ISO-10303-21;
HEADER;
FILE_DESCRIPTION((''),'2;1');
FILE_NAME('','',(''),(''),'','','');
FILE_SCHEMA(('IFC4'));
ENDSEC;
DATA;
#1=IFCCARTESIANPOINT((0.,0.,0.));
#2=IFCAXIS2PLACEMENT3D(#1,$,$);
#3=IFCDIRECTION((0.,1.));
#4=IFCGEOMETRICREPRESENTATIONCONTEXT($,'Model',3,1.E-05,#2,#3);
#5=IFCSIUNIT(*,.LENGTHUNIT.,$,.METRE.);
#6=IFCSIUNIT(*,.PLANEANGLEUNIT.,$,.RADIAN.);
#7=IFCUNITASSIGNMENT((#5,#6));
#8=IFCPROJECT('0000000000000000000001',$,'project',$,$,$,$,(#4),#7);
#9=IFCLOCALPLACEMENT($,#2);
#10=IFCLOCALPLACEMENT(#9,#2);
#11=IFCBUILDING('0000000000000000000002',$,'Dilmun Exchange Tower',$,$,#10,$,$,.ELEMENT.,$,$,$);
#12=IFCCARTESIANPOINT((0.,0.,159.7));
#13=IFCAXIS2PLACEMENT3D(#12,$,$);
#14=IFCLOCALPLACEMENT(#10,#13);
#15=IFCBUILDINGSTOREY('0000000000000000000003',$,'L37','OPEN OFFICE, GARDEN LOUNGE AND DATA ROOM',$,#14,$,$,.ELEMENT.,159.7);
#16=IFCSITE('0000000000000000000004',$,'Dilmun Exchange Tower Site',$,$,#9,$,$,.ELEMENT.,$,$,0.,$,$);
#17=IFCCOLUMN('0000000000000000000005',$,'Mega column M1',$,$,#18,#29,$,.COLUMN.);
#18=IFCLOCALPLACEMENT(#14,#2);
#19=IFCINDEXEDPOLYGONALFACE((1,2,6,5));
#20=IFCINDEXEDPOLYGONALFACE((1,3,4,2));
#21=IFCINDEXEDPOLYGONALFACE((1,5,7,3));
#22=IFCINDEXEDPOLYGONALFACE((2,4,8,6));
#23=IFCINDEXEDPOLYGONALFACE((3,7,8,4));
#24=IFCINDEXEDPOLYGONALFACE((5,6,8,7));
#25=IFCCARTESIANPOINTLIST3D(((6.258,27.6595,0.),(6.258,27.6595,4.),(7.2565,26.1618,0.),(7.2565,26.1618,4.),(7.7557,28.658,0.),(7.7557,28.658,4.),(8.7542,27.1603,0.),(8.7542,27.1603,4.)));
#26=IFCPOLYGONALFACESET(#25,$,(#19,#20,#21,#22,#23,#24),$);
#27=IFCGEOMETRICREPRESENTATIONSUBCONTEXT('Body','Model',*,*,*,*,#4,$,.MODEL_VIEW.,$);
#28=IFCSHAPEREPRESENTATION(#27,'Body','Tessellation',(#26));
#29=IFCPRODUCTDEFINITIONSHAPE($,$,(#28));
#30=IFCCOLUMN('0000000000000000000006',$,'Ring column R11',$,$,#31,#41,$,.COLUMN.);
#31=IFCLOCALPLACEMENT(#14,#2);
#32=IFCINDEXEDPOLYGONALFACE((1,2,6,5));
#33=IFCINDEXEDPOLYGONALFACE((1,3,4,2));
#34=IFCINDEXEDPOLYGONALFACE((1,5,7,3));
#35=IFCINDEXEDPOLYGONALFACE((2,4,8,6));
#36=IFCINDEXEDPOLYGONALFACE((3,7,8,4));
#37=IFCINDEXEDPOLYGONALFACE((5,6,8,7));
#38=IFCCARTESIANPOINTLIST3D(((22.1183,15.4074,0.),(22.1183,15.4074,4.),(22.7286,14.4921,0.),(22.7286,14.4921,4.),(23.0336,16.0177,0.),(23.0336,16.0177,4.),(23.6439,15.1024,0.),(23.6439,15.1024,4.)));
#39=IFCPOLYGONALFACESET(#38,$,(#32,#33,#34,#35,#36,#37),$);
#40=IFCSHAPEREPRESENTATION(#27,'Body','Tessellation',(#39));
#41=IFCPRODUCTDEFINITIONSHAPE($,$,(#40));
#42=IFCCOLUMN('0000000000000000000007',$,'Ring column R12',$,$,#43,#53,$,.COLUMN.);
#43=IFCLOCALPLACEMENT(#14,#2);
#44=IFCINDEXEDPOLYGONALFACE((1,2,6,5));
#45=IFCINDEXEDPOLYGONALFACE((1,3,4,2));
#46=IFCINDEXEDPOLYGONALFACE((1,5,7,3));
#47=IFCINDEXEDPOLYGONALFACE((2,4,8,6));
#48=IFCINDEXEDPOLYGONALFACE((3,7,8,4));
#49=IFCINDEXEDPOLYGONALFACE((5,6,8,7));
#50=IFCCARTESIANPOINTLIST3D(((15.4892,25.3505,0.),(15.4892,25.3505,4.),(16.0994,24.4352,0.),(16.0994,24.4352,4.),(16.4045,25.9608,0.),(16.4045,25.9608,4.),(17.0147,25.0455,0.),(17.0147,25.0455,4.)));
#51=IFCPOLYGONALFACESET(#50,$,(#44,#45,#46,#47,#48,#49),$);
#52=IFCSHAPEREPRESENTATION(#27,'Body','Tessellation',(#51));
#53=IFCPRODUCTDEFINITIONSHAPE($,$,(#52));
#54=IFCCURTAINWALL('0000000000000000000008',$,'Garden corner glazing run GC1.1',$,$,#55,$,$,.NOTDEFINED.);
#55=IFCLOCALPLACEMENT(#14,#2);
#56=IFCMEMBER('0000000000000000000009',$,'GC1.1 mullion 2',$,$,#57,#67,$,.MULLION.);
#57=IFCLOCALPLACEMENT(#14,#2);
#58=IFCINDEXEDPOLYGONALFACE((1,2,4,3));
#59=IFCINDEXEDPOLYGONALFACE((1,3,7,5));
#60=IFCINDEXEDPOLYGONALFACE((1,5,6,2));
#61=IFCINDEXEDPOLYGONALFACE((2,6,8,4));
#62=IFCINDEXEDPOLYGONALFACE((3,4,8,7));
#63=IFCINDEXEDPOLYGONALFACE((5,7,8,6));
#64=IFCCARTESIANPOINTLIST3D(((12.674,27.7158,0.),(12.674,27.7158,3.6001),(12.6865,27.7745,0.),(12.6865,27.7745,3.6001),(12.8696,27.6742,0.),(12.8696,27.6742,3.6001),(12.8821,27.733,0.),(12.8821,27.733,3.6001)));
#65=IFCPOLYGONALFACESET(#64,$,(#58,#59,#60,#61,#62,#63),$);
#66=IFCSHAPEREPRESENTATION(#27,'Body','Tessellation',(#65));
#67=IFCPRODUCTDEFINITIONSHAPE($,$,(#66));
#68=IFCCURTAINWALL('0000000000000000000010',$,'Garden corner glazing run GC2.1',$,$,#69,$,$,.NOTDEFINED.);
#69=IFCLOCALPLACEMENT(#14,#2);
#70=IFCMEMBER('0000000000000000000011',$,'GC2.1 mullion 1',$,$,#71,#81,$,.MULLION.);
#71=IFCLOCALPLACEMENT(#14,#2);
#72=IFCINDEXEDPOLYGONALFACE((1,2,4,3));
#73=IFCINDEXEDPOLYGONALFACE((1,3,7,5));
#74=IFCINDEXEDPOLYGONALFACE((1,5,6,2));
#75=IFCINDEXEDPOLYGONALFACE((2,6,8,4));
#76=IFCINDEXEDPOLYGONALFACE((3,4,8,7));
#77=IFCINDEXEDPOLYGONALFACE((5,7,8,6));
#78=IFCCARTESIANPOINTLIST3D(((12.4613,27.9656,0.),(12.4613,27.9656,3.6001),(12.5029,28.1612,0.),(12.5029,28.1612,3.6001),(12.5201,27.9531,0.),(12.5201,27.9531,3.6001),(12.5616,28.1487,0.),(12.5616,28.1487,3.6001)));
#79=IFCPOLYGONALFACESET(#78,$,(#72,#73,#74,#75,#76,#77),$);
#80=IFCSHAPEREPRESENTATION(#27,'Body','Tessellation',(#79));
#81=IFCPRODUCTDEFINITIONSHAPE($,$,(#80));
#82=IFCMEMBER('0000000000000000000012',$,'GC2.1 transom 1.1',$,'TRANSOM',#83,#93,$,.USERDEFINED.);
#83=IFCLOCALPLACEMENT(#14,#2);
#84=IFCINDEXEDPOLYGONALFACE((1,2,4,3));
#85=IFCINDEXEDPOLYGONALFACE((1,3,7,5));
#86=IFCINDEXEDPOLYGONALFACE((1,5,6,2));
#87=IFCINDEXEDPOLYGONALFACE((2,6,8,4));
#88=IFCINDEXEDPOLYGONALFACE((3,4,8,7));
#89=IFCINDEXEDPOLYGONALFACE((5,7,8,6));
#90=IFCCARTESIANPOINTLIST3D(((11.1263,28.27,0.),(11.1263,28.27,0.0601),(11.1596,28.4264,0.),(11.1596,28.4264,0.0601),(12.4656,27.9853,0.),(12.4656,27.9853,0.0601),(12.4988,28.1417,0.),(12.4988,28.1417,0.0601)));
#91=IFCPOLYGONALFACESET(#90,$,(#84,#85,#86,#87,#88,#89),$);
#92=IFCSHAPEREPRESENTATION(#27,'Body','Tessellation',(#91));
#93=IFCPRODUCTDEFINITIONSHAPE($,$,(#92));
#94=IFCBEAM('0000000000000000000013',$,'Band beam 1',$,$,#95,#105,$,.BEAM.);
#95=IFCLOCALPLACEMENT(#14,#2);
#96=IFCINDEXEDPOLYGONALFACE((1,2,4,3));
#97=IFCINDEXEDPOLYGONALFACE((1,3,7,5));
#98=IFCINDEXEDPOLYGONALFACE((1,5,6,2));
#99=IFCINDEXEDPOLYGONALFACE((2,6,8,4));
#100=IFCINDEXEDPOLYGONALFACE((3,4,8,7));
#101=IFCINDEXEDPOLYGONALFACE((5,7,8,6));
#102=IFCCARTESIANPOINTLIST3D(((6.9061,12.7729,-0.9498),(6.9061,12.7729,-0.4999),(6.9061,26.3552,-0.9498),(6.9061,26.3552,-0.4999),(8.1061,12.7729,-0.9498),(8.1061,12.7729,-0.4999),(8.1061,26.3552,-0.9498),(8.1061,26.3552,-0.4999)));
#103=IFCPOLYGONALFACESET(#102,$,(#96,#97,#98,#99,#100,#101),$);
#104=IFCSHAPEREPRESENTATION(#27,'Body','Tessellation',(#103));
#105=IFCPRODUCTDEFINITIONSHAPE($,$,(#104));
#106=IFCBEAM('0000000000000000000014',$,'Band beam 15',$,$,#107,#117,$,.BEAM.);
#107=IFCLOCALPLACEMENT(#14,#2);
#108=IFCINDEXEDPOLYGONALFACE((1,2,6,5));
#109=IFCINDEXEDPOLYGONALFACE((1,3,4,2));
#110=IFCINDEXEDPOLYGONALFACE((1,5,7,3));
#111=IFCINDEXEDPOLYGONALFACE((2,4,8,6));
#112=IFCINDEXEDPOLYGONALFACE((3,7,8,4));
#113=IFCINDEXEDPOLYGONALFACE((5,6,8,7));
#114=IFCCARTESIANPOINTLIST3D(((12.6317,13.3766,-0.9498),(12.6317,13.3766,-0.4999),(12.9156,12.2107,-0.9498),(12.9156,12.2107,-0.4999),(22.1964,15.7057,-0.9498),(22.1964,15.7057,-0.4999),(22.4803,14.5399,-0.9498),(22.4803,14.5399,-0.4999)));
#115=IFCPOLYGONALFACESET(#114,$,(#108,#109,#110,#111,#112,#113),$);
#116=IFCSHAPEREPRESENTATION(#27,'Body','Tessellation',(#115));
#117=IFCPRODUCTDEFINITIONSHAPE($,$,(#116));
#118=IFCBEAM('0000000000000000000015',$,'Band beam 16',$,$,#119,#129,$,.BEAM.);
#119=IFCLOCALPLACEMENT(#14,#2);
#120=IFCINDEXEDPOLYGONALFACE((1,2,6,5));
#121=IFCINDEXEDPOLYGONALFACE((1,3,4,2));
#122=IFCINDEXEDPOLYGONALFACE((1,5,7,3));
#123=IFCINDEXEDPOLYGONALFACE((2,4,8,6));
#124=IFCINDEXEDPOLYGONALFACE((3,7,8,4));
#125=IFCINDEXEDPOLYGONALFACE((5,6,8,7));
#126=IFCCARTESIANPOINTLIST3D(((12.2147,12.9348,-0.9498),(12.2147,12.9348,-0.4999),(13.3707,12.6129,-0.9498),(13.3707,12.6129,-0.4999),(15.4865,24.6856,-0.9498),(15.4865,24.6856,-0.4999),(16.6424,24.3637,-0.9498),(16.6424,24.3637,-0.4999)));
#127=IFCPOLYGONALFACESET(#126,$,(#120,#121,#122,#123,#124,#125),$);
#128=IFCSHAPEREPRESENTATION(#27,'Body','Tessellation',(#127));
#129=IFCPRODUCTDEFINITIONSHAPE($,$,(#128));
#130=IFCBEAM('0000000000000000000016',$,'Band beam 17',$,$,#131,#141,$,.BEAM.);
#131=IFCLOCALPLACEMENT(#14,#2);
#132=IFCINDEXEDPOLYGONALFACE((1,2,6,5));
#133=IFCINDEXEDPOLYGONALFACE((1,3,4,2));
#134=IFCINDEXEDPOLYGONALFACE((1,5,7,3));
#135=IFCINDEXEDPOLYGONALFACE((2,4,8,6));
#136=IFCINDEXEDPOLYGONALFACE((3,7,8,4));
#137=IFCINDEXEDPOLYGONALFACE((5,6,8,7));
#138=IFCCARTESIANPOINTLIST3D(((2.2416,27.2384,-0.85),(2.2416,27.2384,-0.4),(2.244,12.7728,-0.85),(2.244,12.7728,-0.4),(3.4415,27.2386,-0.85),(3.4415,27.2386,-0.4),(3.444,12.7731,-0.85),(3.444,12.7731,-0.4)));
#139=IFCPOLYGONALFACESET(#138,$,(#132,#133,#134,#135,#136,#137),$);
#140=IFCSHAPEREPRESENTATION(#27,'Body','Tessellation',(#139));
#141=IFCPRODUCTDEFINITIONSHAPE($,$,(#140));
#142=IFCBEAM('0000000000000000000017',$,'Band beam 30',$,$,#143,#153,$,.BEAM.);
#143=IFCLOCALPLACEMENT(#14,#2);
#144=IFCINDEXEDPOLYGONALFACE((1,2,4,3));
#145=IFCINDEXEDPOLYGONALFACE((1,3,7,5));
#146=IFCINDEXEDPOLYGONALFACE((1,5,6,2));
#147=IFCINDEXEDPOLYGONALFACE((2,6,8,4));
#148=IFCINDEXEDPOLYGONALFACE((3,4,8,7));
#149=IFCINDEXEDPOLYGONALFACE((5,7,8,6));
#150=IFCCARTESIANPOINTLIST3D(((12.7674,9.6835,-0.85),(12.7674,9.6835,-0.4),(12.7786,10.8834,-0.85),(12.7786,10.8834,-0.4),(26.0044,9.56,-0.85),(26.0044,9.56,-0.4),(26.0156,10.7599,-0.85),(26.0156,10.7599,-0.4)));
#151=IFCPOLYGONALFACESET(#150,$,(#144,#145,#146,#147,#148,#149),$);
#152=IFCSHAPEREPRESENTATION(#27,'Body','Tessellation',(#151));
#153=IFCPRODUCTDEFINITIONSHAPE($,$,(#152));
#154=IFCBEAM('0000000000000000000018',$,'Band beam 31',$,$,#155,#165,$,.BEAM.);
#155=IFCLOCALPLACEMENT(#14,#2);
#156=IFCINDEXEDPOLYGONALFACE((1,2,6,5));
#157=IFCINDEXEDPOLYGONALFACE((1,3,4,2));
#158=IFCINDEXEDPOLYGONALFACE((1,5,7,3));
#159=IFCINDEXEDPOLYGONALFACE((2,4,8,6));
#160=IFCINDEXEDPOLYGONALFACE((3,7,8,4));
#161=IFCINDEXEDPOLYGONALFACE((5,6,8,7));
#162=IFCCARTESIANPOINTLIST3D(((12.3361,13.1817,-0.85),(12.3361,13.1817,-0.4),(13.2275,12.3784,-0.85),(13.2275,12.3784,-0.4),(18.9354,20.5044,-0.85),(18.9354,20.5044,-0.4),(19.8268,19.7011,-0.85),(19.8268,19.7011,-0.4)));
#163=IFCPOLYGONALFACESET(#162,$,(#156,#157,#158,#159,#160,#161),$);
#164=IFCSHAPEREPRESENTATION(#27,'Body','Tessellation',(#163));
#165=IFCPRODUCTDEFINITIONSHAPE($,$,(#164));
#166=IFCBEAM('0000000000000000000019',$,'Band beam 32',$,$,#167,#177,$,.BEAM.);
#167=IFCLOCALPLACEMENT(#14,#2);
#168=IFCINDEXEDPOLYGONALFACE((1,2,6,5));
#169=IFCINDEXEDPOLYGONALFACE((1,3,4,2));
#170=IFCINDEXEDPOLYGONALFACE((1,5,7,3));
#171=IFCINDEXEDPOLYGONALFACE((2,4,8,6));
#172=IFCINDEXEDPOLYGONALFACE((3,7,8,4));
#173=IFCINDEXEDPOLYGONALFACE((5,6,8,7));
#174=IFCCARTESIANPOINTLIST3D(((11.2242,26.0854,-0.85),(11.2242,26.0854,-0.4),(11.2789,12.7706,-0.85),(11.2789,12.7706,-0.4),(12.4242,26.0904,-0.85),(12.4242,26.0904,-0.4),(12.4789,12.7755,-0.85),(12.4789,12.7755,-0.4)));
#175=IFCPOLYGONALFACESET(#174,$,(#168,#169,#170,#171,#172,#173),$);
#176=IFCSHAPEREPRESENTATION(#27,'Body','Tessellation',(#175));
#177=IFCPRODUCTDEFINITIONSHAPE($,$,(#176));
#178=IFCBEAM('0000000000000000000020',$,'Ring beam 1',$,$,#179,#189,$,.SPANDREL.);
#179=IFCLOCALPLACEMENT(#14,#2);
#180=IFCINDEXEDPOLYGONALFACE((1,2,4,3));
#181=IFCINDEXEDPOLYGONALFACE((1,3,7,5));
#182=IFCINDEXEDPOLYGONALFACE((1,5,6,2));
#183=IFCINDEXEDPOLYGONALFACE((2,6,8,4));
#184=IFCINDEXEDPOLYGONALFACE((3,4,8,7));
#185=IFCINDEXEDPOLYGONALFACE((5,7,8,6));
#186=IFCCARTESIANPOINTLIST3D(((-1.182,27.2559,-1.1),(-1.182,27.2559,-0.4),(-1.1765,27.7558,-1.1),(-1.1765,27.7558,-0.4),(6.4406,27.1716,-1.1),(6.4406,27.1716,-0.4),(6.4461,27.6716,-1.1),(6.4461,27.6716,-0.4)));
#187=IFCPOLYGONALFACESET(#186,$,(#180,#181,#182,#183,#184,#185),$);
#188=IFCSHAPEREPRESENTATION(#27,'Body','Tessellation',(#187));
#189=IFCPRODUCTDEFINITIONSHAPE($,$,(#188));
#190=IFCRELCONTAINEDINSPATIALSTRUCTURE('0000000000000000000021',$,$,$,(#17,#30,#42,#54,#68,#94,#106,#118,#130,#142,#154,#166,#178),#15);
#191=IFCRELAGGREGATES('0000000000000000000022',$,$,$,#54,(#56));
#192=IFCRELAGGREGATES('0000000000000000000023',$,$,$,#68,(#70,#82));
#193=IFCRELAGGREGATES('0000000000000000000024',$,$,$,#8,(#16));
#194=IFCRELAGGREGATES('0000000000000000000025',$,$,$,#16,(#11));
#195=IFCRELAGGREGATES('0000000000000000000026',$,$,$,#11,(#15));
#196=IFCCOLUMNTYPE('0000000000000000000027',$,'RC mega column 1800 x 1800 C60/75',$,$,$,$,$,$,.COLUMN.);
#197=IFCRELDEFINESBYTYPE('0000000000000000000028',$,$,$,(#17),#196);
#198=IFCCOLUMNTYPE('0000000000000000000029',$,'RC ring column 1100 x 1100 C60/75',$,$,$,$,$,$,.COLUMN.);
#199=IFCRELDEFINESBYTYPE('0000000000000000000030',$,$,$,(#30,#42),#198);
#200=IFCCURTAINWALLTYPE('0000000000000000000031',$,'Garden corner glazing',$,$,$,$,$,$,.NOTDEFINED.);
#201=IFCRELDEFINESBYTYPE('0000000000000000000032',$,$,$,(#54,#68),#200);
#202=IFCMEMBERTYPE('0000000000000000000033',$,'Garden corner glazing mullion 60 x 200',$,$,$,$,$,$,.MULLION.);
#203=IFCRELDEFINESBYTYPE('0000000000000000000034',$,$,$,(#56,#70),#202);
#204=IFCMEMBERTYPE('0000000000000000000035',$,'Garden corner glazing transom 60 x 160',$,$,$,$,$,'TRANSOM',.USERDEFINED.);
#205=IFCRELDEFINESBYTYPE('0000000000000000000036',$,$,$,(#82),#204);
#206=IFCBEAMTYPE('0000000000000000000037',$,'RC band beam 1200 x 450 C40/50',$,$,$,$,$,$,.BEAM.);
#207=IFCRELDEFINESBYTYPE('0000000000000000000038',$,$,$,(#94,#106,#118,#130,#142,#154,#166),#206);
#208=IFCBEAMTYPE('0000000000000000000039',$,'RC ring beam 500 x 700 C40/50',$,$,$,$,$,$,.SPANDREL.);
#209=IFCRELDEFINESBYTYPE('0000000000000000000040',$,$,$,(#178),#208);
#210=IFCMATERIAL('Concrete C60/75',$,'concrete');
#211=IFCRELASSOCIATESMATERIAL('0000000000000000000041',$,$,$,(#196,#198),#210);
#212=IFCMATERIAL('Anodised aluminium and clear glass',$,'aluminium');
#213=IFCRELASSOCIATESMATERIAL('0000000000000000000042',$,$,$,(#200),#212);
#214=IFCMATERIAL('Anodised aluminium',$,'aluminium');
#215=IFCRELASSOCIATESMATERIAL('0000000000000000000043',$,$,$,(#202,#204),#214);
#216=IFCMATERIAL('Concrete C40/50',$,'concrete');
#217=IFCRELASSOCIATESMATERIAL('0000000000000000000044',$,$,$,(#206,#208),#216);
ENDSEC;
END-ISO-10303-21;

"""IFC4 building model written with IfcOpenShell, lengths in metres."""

from ifc_helpers import new_model, si_unit, direction, frame, origin, origin_2d, place, context, subcontext, project, spatial, rectangle, extrude, material, material_profile, profile_set, type_object, element, aggregate, save


model = new_model("IFC4")

# Units and contexts
model_context = context("Model", 3, precision=1e-05, world=origin(), true_north=direction((0.0, 1.0)))
body_context = subcontext(model_context, "Body", "Model", "MODEL_VIEW")
ifc_project = project(units=[si_unit("LENGTHUNIT", "METRE"), si_unit("PLANEANGLEUNIT", "RADIAN")], contexts=[model_context])

# Site, building, storey
site_placement = place(None, origin())
site = spatial("IfcSite", under=ifc_project, at=site_placement, Name="Dilmun Exchange Tower Site", CompositionType="ELEMENT", RefElevation=0.0)
building_placement = place(site_placement, origin())
building = spatial("IfcBuilding", under=site, at=building_placement, Name="Dilmun Exchange Tower", CompositionType="ELEMENT")
storey_placement = place(building_placement, frame((0.0, 0.0, 159.7)))
storey = spatial("IfcBuildingStorey", under=building, at=storey_placement, Name="L37", Description="OPEN OFFICE, GARDEN LOUNGE AND DATA ROOM", CompositionType="ELEMENT", Elevation=159.7)

# Columns
ifc_material_1 = material(Name="Concrete C60/75", Category="concrete")
ifc_material_profile_1 = material_profile(ifc_material_1, rectangle(XDim=1.8, YDim=1.8, at=origin_2d()), Name="1800 x 1800")
ifc_profile_set_1 = profile_set([ifc_material_profile_1], Name="Concrete C60/75")
column_type_1 = type_object("IfcColumnType", Name="RC mega column 1800 x 1800 C60/75", PredefinedType="COLUMN", material=ifc_profile_set_1)
column_placement = place(storey_placement, frame((7.5061, 27.4099, 0.0), z_axis=(0.0, 0.0, 1.0), x_axis=(0.832029, 0.554733, 0.0)))
element("IfcColumn", 1, at=column_placement, inside=storey, type_object=column_type_1, Name="Mega column M1", PredefinedType="COLUMN", context=body_context, shape_type="SweptSolid", body=[
    extrude(rectangle(XDim=1.8, YDim=1.8, at=origin_2d()), origin(), (0.0, 0.0, 1.0), 4.0),
])
ifc_material_profile_2 = material_profile(ifc_material_1, rectangle(XDim=1.1001, YDim=1.1001, at=origin_2d()), Name="1100 x 1100")
ifc_profile_set_2 = profile_set([ifc_material_profile_2], Name="Concrete C60/75")
column_type_2 = type_object("IfcColumnType", Name="RC ring column 1100 x 1100 C60/75", PredefinedType="COLUMN", material=ifc_profile_set_2)
for number, where, z_axis, x_axis, name in (
    (2, (22.8811, 15.2549, 0.0), (0.0, 0.0, 1.0), (0.832029, 0.554733, 0.0), "Ring column R11"),
    (3, (16.252, 25.198, 0.0), (0.0, 0.0, 1.0), (0.832029, 0.554733, 0.0), "Ring column R12"),
):
    element("IfcColumn", number, at=place(storey_placement, frame(where, z_axis=z_axis, x_axis=x_axis)), inside=storey, type_object=column_type_2, Name=name, PredefinedType="COLUMN", context=body_context, shape_type="SweptSolid", body=[
        extrude(rectangle(XDim=1.1001, YDim=1.1001, at=origin_2d()), origin(), (0.0, 0.0, 1.0), 4.0),
    ])

# Curtain wall, member
ifc_material_2 = material(Name="Anodised aluminium and clear glass", Category="aluminium")
curtain_wall_type = type_object("IfcCurtainWallType", Name="Garden corner glazing", PredefinedType="NOTDEFINED", material=ifc_material_2)
curtain_wall_1_placement = place(storey_placement, origin())
curtain_wall_1 = element("IfcCurtainWall", 4, at=curtain_wall_1_placement, inside=storey, type_object=curtain_wall_type, Name="Garden corner glazing run GC1.1", PredefinedType="NOTDEFINED")
ifc_material_3 = material(Name="Anodised aluminium", Category="aluminium")
ifc_material_profile_3 = material_profile(ifc_material_3, rectangle(XDim=0.2, YDim=0.0601, at=origin_2d()), Name="AL 60x200")
ifc_profile_set_3 = profile_set([ifc_material_profile_3], Name="Anodised aluminium")
member_type_1 = type_object("IfcMemberType", Name="Garden corner glazing mullion 60 x 200", PredefinedType="MULLION", material=ifc_profile_set_3)
member_1_placement = place(storey_placement, frame((12.7781, 27.7244, 0.0), z_axis=(0.0, 0.0, 1.0), x_axis=(0.978148, -0.207912, 0.0)))
member_1 = element("IfcMember", 5, at=member_1_placement, type_object=member_type_1, Name="GC1.1 mullion 2", PredefinedType="MULLION", context=body_context, shape_type="SweptSolid", body=[
    extrude(rectangle(XDim=0.2, YDim=0.0601, at=origin_2d()), origin(), (0.0, 0.0, 1.0), 3.6001),
])
aggregate(curtain_wall_1, [member_1])

# Curtain wall, members
curtain_wall_2_placement = place(storey_placement, origin())
curtain_wall_2 = element("IfcCurtainWall", 6, at=curtain_wall_2_placement, inside=storey, type_object=curtain_wall_type, Name="Garden corner glazing run GC2.1", PredefinedType="NOTDEFINED")
member_2_placement = place(storey_placement, frame((12.5115, 28.0571, 0.0), z_axis=(0.0, 0.0, 1.0), x_axis=(-0.207919, -0.978146, 0.0)))
member_2 = element("IfcMember", 7, at=member_2_placement, type_object=member_type_1, Name="GC2.1 mullion 1", PredefinedType="MULLION", context=body_context, shape_type="SweptSolid", body=[
    extrude(rectangle(XDim=0.2, YDim=0.0601, at=origin_2d()), origin(), (0.0, 0.0, 1.0), 3.6001),
])
ifc_material_profile_4 = material_profile(ifc_material_3, rectangle(XDim=0.1599, YDim=0.0601, at=origin_2d()), Name="AL 60x160")
ifc_profile_set_4 = profile_set([ifc_material_profile_4], Name="Anodised aluminium")
member_type_2 = type_object("IfcMemberType", Name="Garden corner glazing transom 60 x 160", ElementType="TRANSOM", PredefinedType="USERDEFINED", material=ifc_profile_set_4)
member_3_placement = place(storey_placement, frame((12.4822, 28.0635, 0.03), z_axis=(-0.978143, 0.207933, 0.0), x_axis=(-0.207933, -0.978143, 0.0)))
member_3 = element("IfcMember", 8, at=member_3_placement, type_object=member_type_2, Name="GC2.1 transom 1.1", ObjectType="TRANSOM", PredefinedType="USERDEFINED", context=body_context, shape_type="SweptSolid", body=[
    extrude(rectangle(XDim=0.1599, YDim=0.0601, at=origin_2d()), origin(), (0.0, 0.0, 1.0), 1.3691),
])
aggregate(curtain_wall_2, [member_2, member_3])

# Beams
ifc_material_4 = material(Name="Concrete C40/50", Category="concrete")
ifc_material_profile_5 = material_profile(ifc_material_4, rectangle(XDim=1.2, YDim=0.45, at=origin_2d()), Name="1200 x 450")
ifc_profile_set_5 = profile_set([ifc_material_profile_5], Name="Concrete C40/50")
beam_type_1 = type_object("IfcBeamType", Name="RC band beam 1200 x 450 C40/50", PredefinedType="BEAM", material=ifc_profile_set_5)
beam_1_placement = place(storey_placement, frame((7.5061, 26.3552, -0.7249), z_axis=(0.0, -1.0, 0.0), x_axis=(1.0, 0.0, 0.0)))
element("IfcBeam", 9, at=beam_1_placement, inside=storey, type_object=beam_type_1, Name="Band beam 1", PredefinedType="BEAM", context=body_context, shape_type="SweptSolid", body=[
    extrude(rectangle(XDim=1.2, YDim=0.45, at=origin_2d()), origin(), (0.0, 0.0, 1.0), 13.5823),
])
beam_2_placement = place(storey_placement, frame((22.3384, 15.1228, -0.7249), z_axis=(-0.971608, -0.236596, 0.0), x_axis=(0.236596, -0.971608, 0.0)))
element("IfcBeam", 10, at=beam_2_placement, inside=storey, type_object=beam_type_1, Name="Band beam 15", PredefinedType="BEAM", context=body_context, shape_type="SweptSolid", body=[
    extrude(rectangle(XDim=1.2, YDim=0.45, at=origin_2d()), origin(), (0.0, 0.0, 1.0), 9.8442),
])
beam_3_placement = place(storey_placement, frame((16.0645, 24.5247, -0.7249), z_axis=(-0.268225, -0.963356, 0.0), x_axis=(0.963356, -0.268225, 0.0)))
element("IfcBeam", 11, at=beam_3_placement, inside=storey, type_object=beam_type_1, Name="Band beam 16", PredefinedType="BEAM", context=body_context, shape_type="SweptSolid", body=[
    extrude(rectangle(XDim=1.2, YDim=0.45, at=origin_2d()), origin(), (0.0, 0.0, 1.0), 12.1978),
])
beam_4_placement = place(storey_placement, frame((2.8416, 27.2385, -0.625), z_axis=(0.000169, -1.0, 0.0), x_axis=(1.0, 0.000169, 0.0)))
element("IfcBeam", 12, at=beam_4_placement, inside=storey, type_object=beam_type_1, Name="Band beam 17", PredefinedType="BEAM", context=body_context, shape_type="SweptSolid", body=[
    extrude(rectangle(XDim=1.2, YDim=0.45, at=origin_2d()), origin(), (0.0, 0.0, 1.0), 14.4656),
])
beam_5_placement = place(storey_placement, frame((26.01, 10.1599, -0.625), z_axis=(-0.999956, 0.009332, 0.0), x_axis=(-0.009332, -0.999956, 0.0)))
element("IfcBeam", 13, at=beam_5_placement, inside=storey, type_object=beam_type_1, Name="Band beam 30", PredefinedType="BEAM", context=body_context, shape_type="SweptSolid", body=[
    extrude(rectangle(XDim=1.2, YDim=0.45, at=origin_2d()), origin(), (0.0, 0.0, 1.0), 13.2375),
])
beam_6_placement = place(storey_placement, frame((19.3811, 20.1028, -0.625), z_axis=(-0.669463, -0.742846, 0.0), x_axis=(0.742846, -0.669463, 0.0)))
element("IfcBeam", 14, at=beam_6_placement, inside=storey, type_object=beam_type_1, Name="Band beam 31", PredefinedType="BEAM", context=body_context, shape_type="SweptSolid", body=[
    extrude(rectangle(XDim=1.2, YDim=0.45, at=origin_2d()), origin(), (0.0, 0.0, 1.0), 9.8577),
])
beam_7_placement = place(storey_placement, frame((11.8242, 26.0879, -0.625), z_axis=(0.004107, -0.999992, 0.0), x_axis=(0.999992, 0.004107, 0.0)))
element("IfcBeam", 15, at=beam_7_placement, inside=storey, type_object=beam_type_1, Name="Band beam 32", PredefinedType="BEAM", context=body_context, shape_type="SweptSolid", body=[
    extrude(rectangle(XDim=1.2, YDim=0.45, at=origin_2d()), origin(), (0.0, 0.0, 1.0), 13.3149),
])
ifc_material_profile_6 = material_profile(ifc_material_4, rectangle(XDim=0.5, YDim=0.7, at=origin_2d()), Name="500 x 700")
ifc_profile_set_6 = profile_set([ifc_material_profile_6], Name="Concrete C40/50")
beam_type_2 = type_object("IfcBeamType", Name="RC ring beam 500 x 700 C40/50", PredefinedType="SPANDREL", material=ifc_profile_set_6)
beam_8_placement = place(storey_placement, frame((6.4434, 27.4216, -0.75), z_axis=(-0.999939, 0.011049, 0.0), x_axis=(-0.011049, -0.999939, 0.0)))
element("IfcBeam", 16, at=beam_8_placement, inside=storey, type_object=beam_type_2, Name="Ring beam 1", PredefinedType="SPANDREL", context=body_context, shape_type="SweptSolid", body=[
    extrude(rectangle(XDim=0.5, YDim=0.7, at=origin_2d()), origin(), (0.0, 0.0, 1.0), 7.623),
])

save(model, "model.ifc")
